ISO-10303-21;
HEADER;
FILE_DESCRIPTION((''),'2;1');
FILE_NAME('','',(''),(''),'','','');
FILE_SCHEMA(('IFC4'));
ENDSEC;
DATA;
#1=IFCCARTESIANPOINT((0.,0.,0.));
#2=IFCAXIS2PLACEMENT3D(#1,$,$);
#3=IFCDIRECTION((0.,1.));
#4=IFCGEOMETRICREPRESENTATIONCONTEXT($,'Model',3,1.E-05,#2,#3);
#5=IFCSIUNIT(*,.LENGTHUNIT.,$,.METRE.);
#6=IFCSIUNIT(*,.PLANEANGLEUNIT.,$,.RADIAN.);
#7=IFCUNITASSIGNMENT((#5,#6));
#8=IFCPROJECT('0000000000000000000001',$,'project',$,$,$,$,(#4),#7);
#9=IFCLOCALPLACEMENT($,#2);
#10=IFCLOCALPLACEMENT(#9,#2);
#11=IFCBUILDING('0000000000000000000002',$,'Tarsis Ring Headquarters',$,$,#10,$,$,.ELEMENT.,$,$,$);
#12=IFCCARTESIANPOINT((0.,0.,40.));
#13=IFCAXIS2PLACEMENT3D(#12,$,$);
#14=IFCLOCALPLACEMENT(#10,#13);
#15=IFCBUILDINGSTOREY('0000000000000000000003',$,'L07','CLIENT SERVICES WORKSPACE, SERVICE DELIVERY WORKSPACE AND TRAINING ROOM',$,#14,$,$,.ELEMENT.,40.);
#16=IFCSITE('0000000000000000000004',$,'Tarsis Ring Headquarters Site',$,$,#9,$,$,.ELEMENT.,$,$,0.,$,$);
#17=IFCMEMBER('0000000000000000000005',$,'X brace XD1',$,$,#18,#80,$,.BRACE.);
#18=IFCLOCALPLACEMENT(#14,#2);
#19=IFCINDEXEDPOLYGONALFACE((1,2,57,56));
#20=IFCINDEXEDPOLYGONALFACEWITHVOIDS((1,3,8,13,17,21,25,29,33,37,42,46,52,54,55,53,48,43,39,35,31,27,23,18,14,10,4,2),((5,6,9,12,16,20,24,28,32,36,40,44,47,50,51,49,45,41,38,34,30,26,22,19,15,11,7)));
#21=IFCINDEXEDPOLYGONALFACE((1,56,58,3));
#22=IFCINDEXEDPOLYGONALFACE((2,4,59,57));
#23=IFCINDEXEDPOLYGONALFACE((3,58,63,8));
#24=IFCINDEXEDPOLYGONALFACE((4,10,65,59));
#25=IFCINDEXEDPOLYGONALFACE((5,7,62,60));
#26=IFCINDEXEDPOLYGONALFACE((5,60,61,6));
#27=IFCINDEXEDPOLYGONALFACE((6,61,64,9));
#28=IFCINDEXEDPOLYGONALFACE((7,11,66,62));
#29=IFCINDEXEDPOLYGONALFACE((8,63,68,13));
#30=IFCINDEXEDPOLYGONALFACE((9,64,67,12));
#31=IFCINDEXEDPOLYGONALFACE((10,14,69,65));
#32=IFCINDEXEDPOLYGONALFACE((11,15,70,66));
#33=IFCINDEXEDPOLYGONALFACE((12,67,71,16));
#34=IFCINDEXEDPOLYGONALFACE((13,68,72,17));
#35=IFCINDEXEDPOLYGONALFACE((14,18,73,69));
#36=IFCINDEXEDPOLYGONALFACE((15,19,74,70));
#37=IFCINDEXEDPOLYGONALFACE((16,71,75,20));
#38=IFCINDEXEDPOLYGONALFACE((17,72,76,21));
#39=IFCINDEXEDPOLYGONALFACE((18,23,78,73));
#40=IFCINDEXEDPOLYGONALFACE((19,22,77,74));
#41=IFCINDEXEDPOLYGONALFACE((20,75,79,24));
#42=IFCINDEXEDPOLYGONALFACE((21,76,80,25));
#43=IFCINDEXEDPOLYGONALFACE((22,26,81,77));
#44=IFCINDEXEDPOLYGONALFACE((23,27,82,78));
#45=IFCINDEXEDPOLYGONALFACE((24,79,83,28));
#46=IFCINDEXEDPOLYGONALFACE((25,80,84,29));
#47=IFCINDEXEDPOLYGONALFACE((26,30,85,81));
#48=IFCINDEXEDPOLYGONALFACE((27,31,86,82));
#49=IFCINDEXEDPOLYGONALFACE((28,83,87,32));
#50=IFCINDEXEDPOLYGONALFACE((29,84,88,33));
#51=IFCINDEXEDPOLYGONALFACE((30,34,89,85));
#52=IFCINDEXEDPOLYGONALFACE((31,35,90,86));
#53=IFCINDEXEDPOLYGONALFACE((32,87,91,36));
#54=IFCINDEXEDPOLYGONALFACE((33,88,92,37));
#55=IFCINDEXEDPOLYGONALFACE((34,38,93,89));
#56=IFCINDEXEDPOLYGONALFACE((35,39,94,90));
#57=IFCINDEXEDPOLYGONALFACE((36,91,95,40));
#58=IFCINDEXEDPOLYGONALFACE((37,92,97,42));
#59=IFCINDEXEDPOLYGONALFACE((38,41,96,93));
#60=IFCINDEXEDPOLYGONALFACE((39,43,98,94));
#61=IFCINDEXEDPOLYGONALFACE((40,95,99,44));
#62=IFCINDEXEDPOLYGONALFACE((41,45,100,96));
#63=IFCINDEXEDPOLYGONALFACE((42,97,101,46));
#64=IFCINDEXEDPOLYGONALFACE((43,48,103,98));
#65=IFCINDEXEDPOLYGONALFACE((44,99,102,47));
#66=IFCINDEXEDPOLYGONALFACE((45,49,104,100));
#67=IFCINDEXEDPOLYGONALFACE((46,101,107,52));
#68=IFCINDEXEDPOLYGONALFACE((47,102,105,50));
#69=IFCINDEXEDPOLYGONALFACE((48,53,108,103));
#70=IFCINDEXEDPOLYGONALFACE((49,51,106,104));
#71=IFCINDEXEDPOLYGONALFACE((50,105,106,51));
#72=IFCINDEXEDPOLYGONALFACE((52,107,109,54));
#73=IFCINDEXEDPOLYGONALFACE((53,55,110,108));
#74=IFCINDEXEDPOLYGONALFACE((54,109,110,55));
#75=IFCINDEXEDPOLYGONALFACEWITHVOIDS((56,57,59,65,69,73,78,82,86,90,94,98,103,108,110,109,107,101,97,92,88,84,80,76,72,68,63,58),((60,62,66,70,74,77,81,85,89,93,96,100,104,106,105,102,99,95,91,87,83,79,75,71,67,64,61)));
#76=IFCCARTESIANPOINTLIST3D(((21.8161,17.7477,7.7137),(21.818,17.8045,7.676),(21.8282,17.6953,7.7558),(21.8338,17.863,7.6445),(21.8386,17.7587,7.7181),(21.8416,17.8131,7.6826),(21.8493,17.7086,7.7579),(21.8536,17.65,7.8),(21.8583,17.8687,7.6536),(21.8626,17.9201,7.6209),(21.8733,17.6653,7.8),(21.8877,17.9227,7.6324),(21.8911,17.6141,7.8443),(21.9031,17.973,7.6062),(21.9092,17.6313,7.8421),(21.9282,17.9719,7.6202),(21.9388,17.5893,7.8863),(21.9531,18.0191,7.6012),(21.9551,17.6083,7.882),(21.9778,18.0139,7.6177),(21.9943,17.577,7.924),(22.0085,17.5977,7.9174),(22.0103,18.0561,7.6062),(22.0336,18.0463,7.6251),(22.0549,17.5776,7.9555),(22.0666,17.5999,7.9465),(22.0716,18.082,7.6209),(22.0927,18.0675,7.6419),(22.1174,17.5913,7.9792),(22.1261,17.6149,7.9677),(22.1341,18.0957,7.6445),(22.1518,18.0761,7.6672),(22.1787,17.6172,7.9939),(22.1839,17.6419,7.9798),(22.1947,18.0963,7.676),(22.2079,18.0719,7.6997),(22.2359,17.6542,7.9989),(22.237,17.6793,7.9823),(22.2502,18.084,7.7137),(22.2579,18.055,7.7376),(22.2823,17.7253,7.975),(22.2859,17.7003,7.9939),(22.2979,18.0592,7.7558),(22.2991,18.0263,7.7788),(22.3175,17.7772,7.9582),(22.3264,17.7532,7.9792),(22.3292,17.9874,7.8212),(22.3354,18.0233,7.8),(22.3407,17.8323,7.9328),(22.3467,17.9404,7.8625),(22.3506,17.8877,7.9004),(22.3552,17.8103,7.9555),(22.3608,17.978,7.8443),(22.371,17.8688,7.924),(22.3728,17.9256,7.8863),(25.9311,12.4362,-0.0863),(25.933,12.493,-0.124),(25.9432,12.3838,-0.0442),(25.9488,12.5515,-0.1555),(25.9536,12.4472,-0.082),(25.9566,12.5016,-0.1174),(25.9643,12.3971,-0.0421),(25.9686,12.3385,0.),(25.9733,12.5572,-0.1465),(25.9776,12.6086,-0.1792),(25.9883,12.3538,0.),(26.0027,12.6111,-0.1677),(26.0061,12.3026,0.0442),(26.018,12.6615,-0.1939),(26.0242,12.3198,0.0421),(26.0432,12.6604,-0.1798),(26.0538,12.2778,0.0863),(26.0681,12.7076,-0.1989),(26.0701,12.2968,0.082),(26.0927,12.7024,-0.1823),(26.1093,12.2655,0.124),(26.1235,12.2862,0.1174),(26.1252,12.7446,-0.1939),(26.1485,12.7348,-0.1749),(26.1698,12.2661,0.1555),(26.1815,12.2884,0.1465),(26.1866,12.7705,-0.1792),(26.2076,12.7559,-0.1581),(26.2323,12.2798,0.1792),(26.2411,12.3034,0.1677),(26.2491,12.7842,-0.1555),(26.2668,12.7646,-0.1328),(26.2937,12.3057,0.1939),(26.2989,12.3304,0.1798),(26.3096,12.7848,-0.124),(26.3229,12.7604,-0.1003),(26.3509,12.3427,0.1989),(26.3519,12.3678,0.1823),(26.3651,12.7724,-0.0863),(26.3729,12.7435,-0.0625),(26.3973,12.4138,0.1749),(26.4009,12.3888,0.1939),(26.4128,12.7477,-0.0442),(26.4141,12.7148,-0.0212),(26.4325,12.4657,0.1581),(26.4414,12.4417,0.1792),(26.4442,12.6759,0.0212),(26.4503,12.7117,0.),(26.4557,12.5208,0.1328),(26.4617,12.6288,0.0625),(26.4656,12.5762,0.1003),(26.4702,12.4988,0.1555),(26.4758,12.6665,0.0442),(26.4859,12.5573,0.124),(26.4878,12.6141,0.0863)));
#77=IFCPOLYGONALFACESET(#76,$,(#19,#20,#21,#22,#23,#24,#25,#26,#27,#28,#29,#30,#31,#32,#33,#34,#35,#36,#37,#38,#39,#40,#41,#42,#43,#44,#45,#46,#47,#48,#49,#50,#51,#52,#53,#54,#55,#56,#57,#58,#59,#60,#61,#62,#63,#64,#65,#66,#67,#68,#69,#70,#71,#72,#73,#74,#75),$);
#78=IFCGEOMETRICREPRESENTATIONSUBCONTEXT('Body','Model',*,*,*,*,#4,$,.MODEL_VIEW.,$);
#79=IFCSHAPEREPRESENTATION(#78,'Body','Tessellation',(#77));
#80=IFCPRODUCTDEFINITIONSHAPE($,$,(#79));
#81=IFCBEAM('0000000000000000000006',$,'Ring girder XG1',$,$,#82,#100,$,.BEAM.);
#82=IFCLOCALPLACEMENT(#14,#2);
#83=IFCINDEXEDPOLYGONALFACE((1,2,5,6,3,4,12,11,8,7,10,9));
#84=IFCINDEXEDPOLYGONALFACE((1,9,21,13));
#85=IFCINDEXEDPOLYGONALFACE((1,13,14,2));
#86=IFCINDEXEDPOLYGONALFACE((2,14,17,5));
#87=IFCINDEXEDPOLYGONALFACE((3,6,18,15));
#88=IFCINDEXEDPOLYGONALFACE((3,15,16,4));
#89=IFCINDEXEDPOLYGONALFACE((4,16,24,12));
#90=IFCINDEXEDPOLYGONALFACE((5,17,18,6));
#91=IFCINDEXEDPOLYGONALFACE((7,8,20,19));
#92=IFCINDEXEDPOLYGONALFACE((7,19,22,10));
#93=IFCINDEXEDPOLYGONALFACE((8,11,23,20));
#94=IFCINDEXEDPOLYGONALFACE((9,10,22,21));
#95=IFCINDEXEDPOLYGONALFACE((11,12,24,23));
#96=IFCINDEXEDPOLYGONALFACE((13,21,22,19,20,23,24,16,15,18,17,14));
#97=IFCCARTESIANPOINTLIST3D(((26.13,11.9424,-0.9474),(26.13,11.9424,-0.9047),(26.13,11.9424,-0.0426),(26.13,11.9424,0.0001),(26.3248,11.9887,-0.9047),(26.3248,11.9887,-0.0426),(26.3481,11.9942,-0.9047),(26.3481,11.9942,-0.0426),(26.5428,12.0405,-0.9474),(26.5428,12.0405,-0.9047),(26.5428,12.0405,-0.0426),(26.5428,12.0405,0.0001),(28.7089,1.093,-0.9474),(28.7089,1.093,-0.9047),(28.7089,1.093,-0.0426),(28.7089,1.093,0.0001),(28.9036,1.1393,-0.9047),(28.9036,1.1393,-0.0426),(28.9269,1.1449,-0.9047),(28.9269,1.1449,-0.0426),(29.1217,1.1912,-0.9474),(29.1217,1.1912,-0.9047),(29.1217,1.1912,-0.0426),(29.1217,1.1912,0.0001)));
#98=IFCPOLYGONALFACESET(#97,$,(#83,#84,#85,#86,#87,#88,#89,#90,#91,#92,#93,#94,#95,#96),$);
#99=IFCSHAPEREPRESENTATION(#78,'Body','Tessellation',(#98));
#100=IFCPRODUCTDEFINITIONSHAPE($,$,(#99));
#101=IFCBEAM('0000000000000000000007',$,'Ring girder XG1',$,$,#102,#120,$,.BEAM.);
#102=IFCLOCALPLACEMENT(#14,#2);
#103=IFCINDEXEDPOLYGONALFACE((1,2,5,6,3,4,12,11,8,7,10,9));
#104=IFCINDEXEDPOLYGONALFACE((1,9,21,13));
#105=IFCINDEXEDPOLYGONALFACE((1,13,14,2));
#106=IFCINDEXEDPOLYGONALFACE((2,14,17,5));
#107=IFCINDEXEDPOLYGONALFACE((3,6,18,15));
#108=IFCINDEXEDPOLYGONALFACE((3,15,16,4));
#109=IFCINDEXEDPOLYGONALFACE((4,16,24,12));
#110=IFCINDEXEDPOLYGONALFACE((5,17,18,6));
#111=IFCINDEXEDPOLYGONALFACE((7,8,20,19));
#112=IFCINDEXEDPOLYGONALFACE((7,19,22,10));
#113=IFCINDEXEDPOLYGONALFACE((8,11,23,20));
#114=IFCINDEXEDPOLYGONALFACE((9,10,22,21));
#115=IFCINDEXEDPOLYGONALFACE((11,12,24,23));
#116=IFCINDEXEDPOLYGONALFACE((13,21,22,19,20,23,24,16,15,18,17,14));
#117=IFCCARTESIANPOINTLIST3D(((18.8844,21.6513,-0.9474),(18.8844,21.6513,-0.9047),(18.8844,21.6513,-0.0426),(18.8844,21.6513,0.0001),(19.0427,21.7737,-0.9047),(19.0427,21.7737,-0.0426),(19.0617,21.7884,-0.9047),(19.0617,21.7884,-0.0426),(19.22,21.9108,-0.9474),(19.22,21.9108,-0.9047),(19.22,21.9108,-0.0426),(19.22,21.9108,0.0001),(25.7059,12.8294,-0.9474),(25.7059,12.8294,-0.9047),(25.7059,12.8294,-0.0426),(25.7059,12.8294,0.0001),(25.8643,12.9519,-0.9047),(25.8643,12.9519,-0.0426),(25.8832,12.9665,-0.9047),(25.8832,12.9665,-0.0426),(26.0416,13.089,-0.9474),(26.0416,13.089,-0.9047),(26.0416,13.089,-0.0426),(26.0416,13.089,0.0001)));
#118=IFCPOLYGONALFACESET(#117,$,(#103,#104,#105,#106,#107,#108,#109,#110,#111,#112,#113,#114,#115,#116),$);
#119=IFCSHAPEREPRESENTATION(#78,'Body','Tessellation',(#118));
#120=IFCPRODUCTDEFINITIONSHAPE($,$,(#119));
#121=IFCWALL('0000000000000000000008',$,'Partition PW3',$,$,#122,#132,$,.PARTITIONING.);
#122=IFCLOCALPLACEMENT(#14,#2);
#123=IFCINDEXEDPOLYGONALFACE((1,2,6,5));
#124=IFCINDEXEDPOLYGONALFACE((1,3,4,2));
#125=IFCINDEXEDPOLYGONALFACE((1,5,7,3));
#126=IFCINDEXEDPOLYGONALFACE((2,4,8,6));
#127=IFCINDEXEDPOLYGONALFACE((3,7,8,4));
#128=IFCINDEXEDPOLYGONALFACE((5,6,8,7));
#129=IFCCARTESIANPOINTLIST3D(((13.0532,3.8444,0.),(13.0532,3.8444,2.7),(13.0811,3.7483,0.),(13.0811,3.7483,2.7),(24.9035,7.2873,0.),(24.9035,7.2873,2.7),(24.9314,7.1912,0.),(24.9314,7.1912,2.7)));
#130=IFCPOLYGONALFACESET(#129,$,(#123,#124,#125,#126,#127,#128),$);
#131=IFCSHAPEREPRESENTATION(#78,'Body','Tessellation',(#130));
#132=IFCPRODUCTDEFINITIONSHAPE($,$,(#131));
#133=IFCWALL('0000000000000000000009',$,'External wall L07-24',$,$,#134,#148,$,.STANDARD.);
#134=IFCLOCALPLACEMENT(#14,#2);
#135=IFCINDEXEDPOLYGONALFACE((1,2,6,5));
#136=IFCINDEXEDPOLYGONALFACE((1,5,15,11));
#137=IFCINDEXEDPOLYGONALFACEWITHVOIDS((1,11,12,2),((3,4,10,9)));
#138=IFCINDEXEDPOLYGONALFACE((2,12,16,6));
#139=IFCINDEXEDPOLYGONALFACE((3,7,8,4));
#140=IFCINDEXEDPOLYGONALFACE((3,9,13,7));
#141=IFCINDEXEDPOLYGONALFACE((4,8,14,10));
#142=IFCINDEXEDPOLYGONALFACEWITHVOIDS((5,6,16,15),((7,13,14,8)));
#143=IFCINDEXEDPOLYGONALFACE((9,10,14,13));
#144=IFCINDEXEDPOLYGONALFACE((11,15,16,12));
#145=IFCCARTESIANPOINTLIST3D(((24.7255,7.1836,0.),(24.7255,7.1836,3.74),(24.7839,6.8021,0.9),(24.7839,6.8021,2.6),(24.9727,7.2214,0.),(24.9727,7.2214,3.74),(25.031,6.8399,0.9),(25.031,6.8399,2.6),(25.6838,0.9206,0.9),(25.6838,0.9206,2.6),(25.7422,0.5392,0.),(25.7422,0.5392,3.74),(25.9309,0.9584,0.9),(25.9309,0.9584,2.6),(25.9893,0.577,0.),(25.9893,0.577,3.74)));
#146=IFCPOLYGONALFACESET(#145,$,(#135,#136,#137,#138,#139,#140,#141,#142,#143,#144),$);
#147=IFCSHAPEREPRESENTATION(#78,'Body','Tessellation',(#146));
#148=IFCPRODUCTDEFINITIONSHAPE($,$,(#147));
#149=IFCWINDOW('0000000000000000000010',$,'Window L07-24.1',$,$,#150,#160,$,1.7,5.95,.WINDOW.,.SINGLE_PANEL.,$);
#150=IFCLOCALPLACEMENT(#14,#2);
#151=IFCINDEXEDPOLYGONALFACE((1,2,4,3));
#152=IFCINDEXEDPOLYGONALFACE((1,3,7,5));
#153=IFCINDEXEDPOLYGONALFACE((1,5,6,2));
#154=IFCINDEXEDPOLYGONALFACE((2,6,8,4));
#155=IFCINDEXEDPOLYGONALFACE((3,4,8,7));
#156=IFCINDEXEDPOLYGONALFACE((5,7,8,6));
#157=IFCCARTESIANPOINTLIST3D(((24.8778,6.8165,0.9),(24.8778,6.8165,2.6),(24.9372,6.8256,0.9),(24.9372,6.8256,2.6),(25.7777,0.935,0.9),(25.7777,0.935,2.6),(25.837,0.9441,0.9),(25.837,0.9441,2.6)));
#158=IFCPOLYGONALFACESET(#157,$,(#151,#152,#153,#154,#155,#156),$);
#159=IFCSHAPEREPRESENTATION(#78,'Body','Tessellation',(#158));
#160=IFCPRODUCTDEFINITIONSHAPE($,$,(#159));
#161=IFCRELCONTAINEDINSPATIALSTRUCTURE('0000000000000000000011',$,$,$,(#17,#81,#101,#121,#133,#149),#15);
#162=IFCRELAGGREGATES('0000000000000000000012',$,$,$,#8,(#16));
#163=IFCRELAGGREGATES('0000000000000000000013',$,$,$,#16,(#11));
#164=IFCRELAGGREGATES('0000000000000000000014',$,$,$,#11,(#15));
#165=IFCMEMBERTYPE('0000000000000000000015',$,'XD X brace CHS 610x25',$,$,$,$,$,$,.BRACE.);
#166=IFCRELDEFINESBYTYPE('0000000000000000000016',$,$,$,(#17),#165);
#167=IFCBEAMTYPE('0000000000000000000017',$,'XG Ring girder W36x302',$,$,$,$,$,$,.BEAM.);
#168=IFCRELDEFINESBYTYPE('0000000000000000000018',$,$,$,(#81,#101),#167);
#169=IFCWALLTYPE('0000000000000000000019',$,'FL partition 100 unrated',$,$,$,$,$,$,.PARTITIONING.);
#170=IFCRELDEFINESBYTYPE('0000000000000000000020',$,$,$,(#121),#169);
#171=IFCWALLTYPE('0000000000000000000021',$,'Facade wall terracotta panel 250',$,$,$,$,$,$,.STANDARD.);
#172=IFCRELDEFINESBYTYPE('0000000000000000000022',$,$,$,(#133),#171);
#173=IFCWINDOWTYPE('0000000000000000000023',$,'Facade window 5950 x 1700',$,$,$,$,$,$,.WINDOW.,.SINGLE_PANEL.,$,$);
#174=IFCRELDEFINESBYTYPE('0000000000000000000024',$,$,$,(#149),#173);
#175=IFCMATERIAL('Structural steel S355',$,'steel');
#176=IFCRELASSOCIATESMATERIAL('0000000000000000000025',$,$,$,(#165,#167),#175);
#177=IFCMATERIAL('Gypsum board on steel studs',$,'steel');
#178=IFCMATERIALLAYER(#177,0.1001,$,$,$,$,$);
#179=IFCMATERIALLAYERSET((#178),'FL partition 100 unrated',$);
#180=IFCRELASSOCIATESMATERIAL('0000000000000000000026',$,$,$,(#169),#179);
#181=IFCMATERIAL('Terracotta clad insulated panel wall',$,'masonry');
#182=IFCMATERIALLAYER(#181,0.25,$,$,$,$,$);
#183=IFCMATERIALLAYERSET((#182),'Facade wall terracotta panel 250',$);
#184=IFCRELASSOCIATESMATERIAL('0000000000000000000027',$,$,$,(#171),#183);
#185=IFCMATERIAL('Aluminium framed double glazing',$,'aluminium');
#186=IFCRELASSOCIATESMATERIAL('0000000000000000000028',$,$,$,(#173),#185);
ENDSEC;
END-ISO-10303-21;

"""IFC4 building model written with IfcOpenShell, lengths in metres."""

from ifc_helpers import new_model, si_unit, direction, frame, frame_2d, origin, origin_2d, place, context, subcontext, project, spatial, rectangle, hollow_circle, i_section, extrude, material, layer, layer_set, material_profile, profile_set, type_object, element, fill, save


model = new_model("IFC4")

# Units and contexts
model_context = context("Model", 3, precision=1e-05, world=origin(), true_north=direction((0.0, 1.0)))
body_context = subcontext(model_context, "Body", "Model", "MODEL_VIEW")
ifc_project = project(units=[si_unit("LENGTHUNIT", "METRE"), si_unit("PLANEANGLEUNIT", "RADIAN")], contexts=[model_context])

# Site, building, storey
site_placement = place(None, origin())
site = spatial("IfcSite", under=ifc_project, at=site_placement, Name="Tarsis Ring Headquarters Site", CompositionType="ELEMENT", RefElevation=0.0)
building_placement = place(site_placement, origin())
building = spatial("IfcBuilding", under=site, at=building_placement, Name="Tarsis Ring Headquarters", CompositionType="ELEMENT")
storey_placement = place(building_placement, frame((0.0, 0.0, 40.0)))
storey = spatial("IfcBuildingStorey", under=building, at=storey_placement, Name="L07", Description="CLIENT SERVICES WORKSPACE, SERVICE DELIVERY WORKSPACE AND TRAINING ROOM", CompositionType="ELEMENT", Elevation=40.0)

# Shared definitions
ifc_material_1 = material(Name="Structural steel S355", Category="steel")

# Member
ifc_material_profile_1 = material_profile(ifc_material_1, hollow_circle(Radius=0.3047, WallThickness=0.0249, at=origin_2d()), Name="CHS 610x25")
ifc_profile_set_1 = profile_set([ifc_material_profile_1], Name="Structural steel S355")
member_type = type_object("IfcMemberType", Name="XD X brace CHS 610x25", PredefinedType="BRACE", material=ifc_profile_set_1)
member_placement = place(storey_placement, frame((26.2095, 12.5251, 0.0), z_axis=(-0.399709, 0.515934, 0.757657), x_axis=(-0.790519, -0.612438, 0.0)))
element("IfcMember", 1, at=member_placement, inside=storey, type_object=member_type, Name="X brace XD1", PredefinedType="BRACE", context=body_context, shape_type="SweptSolid", body=[
    extrude(hollow_circle(Radius=0.3047, WallThickness=0.0249, at=origin_2d()), origin(), (0.0, 0.0, 1.0), 10.2949),
])

# Beams
ifc_material_profile_2 = material_profile(ifc_material_1, i_section(OverallWidth=0.4243, OverallDepth=0.9475, WebThickness=0.0239, FlangeThickness=0.0427, at=origin_2d()), Name="W36x302")
ifc_profile_set_2 = profile_set([ifc_material_profile_2], Name="Structural steel S355")
beam_type_1 = type_object("IfcBeamType", Name="XG Ring girder W36x302", PredefinedType="BEAM", material=ifc_profile_set_2)
for number, where, z_axis, x_axis, name in (
    (2, (28.9153, 1.1421, -0.4736), (-0.231254, 0.972894, 0.0), (-0.972894, -0.231254, 0.0), "Ring girder XG1"),
    (3, (25.8738, 12.9592, -0.4736), (-0.611712, 0.791081, 0.0), (-0.791081, -0.611712, 0.0), "Ring girder XG1"),
):
    element("IfcBeam", number, at=place(storey_placement, frame(where, z_axis=z_axis, x_axis=x_axis)), inside=storey, type_object=beam_type_1, Name=name, PredefinedType="BEAM", context=body_context, shape_type="SweptSolid", body=[
        extrude(i_section(OverallWidth=0.4243, OverallDepth=0.9475, WebThickness=0.0239, FlangeThickness=0.0427, at=origin_2d()), origin(), (0.0, 0.0, 1.0), 11.1516),
    ])

# Wall
ifc_material_2 = material(Name="Gypsum board on steel studs", Category="steel")
ifc_layer_1 = layer(ifc_material_2, 0.1001)
ifc_layer_set_1 = layer_set([ifc_layer_1], Name="FL partition 100 unrated")
wall_type_1 = type_object("IfcWallType", Name="FL partition 100 unrated", PredefinedType="PARTITIONING", material=ifc_layer_set_1)
wall_1_placement = place(storey_placement, frame((13.0671, 3.7964, 0.0), z_axis=(0.0, 0.0, 1.0), x_axis=(0.960293, 0.278993, 0.0)))
element("IfcWall", 4, at=wall_1_placement, inside=storey, type_object=wall_type_1, Name="Partition PW3", PredefinedType="PARTITIONING", context=body_context, shape_type="SweptSolid", body=[
    extrude(rectangle(XDim=12.3403, YDim=0.1001, at=frame_2d((6.1702, 0.0))), origin(), (0.0, 0.0, 1.0), 2.7),
])

# Wall, opening, window
ifc_material_3 = material(Name="Terracotta clad insulated panel wall", Category="masonry")
ifc_layer_2 = layer(ifc_material_3, 0.25)
ifc_layer_set_2 = layer_set([ifc_layer_2], Name="Facade wall terracotta panel 250")
wall_type_2 = type_object("IfcWallType", Name="Facade wall terracotta panel 250", PredefinedType="STANDARD", material=ifc_layer_set_2)
wall_2_placement = place(storey_placement, frame((25.8657, 0.5581, 0.0), z_axis=(0.0, 0.0, 1.0), x_axis=(-0.151244, 0.988496, 0.0)))
wall_2 = element("IfcWall", 5, at=wall_2_placement, inside=storey, type_object=wall_type_2, Name="External wall L07-24", PredefinedType="STANDARD", context=body_context, shape_type="SweptSolid", body=[
    extrude(rectangle(XDim=6.7217, YDim=0.25, at=frame_2d((3.3608, 0.0))), origin(), (0.0, 0.0, 1.0), 3.74),
])
opening_1_placement = place(wall_2_placement, frame((0.3857, 0.0, 0.8999)))
opening_1 = element("IfcOpeningElement", 6, at=opening_1_placement, cuts=wall_2, PredefinedType="OPENING", context=body_context, shape_type="SweptSolid", body=[
    extrude(rectangle(XDim=5.95, YDim=1.7, at=frame_2d((2.9751, 0.8501))), frame((0.0, 0.135, 0.0), z_axis=(0.0, -1.0, 0.0), x_axis=(1.0, 0.0, 0.0)), (0.0, 0.0, 1.0), 0.27),
])
ifc_material_4 = material(Name="Aluminium framed double glazing", Category="aluminium")
window_type = type_object("IfcWindowType", Name="Facade window 5950 x 1700", PartitioningType="SINGLE_PANEL", PredefinedType="WINDOW", material=ifc_material_4)
window_1_placement = place(opening_1_placement, origin())
window_1 = element("IfcWindow", 7, at=window_1_placement, inside=storey, type_object=window_type, Name="Window L07-24.1", OverallHeight=1.7, OverallWidth=5.95, PartitioningType="SINGLE_PANEL", PredefinedType="WINDOW", context=body_context, shape_type="SweptSolid", body=[
    extrude(rectangle(XDim=5.95, YDim=1.7, at=frame_2d((2.9751, 0.8501))), frame((0.0, 0.03, 0.0), z_axis=(0.0, -1.0, 0.0), x_axis=(1.0, 0.0, 0.0)), (0.0, 0.0, 1.0), 0.0601),
])
fill(opening_1, window_1)

save(model, "model.ifc")
